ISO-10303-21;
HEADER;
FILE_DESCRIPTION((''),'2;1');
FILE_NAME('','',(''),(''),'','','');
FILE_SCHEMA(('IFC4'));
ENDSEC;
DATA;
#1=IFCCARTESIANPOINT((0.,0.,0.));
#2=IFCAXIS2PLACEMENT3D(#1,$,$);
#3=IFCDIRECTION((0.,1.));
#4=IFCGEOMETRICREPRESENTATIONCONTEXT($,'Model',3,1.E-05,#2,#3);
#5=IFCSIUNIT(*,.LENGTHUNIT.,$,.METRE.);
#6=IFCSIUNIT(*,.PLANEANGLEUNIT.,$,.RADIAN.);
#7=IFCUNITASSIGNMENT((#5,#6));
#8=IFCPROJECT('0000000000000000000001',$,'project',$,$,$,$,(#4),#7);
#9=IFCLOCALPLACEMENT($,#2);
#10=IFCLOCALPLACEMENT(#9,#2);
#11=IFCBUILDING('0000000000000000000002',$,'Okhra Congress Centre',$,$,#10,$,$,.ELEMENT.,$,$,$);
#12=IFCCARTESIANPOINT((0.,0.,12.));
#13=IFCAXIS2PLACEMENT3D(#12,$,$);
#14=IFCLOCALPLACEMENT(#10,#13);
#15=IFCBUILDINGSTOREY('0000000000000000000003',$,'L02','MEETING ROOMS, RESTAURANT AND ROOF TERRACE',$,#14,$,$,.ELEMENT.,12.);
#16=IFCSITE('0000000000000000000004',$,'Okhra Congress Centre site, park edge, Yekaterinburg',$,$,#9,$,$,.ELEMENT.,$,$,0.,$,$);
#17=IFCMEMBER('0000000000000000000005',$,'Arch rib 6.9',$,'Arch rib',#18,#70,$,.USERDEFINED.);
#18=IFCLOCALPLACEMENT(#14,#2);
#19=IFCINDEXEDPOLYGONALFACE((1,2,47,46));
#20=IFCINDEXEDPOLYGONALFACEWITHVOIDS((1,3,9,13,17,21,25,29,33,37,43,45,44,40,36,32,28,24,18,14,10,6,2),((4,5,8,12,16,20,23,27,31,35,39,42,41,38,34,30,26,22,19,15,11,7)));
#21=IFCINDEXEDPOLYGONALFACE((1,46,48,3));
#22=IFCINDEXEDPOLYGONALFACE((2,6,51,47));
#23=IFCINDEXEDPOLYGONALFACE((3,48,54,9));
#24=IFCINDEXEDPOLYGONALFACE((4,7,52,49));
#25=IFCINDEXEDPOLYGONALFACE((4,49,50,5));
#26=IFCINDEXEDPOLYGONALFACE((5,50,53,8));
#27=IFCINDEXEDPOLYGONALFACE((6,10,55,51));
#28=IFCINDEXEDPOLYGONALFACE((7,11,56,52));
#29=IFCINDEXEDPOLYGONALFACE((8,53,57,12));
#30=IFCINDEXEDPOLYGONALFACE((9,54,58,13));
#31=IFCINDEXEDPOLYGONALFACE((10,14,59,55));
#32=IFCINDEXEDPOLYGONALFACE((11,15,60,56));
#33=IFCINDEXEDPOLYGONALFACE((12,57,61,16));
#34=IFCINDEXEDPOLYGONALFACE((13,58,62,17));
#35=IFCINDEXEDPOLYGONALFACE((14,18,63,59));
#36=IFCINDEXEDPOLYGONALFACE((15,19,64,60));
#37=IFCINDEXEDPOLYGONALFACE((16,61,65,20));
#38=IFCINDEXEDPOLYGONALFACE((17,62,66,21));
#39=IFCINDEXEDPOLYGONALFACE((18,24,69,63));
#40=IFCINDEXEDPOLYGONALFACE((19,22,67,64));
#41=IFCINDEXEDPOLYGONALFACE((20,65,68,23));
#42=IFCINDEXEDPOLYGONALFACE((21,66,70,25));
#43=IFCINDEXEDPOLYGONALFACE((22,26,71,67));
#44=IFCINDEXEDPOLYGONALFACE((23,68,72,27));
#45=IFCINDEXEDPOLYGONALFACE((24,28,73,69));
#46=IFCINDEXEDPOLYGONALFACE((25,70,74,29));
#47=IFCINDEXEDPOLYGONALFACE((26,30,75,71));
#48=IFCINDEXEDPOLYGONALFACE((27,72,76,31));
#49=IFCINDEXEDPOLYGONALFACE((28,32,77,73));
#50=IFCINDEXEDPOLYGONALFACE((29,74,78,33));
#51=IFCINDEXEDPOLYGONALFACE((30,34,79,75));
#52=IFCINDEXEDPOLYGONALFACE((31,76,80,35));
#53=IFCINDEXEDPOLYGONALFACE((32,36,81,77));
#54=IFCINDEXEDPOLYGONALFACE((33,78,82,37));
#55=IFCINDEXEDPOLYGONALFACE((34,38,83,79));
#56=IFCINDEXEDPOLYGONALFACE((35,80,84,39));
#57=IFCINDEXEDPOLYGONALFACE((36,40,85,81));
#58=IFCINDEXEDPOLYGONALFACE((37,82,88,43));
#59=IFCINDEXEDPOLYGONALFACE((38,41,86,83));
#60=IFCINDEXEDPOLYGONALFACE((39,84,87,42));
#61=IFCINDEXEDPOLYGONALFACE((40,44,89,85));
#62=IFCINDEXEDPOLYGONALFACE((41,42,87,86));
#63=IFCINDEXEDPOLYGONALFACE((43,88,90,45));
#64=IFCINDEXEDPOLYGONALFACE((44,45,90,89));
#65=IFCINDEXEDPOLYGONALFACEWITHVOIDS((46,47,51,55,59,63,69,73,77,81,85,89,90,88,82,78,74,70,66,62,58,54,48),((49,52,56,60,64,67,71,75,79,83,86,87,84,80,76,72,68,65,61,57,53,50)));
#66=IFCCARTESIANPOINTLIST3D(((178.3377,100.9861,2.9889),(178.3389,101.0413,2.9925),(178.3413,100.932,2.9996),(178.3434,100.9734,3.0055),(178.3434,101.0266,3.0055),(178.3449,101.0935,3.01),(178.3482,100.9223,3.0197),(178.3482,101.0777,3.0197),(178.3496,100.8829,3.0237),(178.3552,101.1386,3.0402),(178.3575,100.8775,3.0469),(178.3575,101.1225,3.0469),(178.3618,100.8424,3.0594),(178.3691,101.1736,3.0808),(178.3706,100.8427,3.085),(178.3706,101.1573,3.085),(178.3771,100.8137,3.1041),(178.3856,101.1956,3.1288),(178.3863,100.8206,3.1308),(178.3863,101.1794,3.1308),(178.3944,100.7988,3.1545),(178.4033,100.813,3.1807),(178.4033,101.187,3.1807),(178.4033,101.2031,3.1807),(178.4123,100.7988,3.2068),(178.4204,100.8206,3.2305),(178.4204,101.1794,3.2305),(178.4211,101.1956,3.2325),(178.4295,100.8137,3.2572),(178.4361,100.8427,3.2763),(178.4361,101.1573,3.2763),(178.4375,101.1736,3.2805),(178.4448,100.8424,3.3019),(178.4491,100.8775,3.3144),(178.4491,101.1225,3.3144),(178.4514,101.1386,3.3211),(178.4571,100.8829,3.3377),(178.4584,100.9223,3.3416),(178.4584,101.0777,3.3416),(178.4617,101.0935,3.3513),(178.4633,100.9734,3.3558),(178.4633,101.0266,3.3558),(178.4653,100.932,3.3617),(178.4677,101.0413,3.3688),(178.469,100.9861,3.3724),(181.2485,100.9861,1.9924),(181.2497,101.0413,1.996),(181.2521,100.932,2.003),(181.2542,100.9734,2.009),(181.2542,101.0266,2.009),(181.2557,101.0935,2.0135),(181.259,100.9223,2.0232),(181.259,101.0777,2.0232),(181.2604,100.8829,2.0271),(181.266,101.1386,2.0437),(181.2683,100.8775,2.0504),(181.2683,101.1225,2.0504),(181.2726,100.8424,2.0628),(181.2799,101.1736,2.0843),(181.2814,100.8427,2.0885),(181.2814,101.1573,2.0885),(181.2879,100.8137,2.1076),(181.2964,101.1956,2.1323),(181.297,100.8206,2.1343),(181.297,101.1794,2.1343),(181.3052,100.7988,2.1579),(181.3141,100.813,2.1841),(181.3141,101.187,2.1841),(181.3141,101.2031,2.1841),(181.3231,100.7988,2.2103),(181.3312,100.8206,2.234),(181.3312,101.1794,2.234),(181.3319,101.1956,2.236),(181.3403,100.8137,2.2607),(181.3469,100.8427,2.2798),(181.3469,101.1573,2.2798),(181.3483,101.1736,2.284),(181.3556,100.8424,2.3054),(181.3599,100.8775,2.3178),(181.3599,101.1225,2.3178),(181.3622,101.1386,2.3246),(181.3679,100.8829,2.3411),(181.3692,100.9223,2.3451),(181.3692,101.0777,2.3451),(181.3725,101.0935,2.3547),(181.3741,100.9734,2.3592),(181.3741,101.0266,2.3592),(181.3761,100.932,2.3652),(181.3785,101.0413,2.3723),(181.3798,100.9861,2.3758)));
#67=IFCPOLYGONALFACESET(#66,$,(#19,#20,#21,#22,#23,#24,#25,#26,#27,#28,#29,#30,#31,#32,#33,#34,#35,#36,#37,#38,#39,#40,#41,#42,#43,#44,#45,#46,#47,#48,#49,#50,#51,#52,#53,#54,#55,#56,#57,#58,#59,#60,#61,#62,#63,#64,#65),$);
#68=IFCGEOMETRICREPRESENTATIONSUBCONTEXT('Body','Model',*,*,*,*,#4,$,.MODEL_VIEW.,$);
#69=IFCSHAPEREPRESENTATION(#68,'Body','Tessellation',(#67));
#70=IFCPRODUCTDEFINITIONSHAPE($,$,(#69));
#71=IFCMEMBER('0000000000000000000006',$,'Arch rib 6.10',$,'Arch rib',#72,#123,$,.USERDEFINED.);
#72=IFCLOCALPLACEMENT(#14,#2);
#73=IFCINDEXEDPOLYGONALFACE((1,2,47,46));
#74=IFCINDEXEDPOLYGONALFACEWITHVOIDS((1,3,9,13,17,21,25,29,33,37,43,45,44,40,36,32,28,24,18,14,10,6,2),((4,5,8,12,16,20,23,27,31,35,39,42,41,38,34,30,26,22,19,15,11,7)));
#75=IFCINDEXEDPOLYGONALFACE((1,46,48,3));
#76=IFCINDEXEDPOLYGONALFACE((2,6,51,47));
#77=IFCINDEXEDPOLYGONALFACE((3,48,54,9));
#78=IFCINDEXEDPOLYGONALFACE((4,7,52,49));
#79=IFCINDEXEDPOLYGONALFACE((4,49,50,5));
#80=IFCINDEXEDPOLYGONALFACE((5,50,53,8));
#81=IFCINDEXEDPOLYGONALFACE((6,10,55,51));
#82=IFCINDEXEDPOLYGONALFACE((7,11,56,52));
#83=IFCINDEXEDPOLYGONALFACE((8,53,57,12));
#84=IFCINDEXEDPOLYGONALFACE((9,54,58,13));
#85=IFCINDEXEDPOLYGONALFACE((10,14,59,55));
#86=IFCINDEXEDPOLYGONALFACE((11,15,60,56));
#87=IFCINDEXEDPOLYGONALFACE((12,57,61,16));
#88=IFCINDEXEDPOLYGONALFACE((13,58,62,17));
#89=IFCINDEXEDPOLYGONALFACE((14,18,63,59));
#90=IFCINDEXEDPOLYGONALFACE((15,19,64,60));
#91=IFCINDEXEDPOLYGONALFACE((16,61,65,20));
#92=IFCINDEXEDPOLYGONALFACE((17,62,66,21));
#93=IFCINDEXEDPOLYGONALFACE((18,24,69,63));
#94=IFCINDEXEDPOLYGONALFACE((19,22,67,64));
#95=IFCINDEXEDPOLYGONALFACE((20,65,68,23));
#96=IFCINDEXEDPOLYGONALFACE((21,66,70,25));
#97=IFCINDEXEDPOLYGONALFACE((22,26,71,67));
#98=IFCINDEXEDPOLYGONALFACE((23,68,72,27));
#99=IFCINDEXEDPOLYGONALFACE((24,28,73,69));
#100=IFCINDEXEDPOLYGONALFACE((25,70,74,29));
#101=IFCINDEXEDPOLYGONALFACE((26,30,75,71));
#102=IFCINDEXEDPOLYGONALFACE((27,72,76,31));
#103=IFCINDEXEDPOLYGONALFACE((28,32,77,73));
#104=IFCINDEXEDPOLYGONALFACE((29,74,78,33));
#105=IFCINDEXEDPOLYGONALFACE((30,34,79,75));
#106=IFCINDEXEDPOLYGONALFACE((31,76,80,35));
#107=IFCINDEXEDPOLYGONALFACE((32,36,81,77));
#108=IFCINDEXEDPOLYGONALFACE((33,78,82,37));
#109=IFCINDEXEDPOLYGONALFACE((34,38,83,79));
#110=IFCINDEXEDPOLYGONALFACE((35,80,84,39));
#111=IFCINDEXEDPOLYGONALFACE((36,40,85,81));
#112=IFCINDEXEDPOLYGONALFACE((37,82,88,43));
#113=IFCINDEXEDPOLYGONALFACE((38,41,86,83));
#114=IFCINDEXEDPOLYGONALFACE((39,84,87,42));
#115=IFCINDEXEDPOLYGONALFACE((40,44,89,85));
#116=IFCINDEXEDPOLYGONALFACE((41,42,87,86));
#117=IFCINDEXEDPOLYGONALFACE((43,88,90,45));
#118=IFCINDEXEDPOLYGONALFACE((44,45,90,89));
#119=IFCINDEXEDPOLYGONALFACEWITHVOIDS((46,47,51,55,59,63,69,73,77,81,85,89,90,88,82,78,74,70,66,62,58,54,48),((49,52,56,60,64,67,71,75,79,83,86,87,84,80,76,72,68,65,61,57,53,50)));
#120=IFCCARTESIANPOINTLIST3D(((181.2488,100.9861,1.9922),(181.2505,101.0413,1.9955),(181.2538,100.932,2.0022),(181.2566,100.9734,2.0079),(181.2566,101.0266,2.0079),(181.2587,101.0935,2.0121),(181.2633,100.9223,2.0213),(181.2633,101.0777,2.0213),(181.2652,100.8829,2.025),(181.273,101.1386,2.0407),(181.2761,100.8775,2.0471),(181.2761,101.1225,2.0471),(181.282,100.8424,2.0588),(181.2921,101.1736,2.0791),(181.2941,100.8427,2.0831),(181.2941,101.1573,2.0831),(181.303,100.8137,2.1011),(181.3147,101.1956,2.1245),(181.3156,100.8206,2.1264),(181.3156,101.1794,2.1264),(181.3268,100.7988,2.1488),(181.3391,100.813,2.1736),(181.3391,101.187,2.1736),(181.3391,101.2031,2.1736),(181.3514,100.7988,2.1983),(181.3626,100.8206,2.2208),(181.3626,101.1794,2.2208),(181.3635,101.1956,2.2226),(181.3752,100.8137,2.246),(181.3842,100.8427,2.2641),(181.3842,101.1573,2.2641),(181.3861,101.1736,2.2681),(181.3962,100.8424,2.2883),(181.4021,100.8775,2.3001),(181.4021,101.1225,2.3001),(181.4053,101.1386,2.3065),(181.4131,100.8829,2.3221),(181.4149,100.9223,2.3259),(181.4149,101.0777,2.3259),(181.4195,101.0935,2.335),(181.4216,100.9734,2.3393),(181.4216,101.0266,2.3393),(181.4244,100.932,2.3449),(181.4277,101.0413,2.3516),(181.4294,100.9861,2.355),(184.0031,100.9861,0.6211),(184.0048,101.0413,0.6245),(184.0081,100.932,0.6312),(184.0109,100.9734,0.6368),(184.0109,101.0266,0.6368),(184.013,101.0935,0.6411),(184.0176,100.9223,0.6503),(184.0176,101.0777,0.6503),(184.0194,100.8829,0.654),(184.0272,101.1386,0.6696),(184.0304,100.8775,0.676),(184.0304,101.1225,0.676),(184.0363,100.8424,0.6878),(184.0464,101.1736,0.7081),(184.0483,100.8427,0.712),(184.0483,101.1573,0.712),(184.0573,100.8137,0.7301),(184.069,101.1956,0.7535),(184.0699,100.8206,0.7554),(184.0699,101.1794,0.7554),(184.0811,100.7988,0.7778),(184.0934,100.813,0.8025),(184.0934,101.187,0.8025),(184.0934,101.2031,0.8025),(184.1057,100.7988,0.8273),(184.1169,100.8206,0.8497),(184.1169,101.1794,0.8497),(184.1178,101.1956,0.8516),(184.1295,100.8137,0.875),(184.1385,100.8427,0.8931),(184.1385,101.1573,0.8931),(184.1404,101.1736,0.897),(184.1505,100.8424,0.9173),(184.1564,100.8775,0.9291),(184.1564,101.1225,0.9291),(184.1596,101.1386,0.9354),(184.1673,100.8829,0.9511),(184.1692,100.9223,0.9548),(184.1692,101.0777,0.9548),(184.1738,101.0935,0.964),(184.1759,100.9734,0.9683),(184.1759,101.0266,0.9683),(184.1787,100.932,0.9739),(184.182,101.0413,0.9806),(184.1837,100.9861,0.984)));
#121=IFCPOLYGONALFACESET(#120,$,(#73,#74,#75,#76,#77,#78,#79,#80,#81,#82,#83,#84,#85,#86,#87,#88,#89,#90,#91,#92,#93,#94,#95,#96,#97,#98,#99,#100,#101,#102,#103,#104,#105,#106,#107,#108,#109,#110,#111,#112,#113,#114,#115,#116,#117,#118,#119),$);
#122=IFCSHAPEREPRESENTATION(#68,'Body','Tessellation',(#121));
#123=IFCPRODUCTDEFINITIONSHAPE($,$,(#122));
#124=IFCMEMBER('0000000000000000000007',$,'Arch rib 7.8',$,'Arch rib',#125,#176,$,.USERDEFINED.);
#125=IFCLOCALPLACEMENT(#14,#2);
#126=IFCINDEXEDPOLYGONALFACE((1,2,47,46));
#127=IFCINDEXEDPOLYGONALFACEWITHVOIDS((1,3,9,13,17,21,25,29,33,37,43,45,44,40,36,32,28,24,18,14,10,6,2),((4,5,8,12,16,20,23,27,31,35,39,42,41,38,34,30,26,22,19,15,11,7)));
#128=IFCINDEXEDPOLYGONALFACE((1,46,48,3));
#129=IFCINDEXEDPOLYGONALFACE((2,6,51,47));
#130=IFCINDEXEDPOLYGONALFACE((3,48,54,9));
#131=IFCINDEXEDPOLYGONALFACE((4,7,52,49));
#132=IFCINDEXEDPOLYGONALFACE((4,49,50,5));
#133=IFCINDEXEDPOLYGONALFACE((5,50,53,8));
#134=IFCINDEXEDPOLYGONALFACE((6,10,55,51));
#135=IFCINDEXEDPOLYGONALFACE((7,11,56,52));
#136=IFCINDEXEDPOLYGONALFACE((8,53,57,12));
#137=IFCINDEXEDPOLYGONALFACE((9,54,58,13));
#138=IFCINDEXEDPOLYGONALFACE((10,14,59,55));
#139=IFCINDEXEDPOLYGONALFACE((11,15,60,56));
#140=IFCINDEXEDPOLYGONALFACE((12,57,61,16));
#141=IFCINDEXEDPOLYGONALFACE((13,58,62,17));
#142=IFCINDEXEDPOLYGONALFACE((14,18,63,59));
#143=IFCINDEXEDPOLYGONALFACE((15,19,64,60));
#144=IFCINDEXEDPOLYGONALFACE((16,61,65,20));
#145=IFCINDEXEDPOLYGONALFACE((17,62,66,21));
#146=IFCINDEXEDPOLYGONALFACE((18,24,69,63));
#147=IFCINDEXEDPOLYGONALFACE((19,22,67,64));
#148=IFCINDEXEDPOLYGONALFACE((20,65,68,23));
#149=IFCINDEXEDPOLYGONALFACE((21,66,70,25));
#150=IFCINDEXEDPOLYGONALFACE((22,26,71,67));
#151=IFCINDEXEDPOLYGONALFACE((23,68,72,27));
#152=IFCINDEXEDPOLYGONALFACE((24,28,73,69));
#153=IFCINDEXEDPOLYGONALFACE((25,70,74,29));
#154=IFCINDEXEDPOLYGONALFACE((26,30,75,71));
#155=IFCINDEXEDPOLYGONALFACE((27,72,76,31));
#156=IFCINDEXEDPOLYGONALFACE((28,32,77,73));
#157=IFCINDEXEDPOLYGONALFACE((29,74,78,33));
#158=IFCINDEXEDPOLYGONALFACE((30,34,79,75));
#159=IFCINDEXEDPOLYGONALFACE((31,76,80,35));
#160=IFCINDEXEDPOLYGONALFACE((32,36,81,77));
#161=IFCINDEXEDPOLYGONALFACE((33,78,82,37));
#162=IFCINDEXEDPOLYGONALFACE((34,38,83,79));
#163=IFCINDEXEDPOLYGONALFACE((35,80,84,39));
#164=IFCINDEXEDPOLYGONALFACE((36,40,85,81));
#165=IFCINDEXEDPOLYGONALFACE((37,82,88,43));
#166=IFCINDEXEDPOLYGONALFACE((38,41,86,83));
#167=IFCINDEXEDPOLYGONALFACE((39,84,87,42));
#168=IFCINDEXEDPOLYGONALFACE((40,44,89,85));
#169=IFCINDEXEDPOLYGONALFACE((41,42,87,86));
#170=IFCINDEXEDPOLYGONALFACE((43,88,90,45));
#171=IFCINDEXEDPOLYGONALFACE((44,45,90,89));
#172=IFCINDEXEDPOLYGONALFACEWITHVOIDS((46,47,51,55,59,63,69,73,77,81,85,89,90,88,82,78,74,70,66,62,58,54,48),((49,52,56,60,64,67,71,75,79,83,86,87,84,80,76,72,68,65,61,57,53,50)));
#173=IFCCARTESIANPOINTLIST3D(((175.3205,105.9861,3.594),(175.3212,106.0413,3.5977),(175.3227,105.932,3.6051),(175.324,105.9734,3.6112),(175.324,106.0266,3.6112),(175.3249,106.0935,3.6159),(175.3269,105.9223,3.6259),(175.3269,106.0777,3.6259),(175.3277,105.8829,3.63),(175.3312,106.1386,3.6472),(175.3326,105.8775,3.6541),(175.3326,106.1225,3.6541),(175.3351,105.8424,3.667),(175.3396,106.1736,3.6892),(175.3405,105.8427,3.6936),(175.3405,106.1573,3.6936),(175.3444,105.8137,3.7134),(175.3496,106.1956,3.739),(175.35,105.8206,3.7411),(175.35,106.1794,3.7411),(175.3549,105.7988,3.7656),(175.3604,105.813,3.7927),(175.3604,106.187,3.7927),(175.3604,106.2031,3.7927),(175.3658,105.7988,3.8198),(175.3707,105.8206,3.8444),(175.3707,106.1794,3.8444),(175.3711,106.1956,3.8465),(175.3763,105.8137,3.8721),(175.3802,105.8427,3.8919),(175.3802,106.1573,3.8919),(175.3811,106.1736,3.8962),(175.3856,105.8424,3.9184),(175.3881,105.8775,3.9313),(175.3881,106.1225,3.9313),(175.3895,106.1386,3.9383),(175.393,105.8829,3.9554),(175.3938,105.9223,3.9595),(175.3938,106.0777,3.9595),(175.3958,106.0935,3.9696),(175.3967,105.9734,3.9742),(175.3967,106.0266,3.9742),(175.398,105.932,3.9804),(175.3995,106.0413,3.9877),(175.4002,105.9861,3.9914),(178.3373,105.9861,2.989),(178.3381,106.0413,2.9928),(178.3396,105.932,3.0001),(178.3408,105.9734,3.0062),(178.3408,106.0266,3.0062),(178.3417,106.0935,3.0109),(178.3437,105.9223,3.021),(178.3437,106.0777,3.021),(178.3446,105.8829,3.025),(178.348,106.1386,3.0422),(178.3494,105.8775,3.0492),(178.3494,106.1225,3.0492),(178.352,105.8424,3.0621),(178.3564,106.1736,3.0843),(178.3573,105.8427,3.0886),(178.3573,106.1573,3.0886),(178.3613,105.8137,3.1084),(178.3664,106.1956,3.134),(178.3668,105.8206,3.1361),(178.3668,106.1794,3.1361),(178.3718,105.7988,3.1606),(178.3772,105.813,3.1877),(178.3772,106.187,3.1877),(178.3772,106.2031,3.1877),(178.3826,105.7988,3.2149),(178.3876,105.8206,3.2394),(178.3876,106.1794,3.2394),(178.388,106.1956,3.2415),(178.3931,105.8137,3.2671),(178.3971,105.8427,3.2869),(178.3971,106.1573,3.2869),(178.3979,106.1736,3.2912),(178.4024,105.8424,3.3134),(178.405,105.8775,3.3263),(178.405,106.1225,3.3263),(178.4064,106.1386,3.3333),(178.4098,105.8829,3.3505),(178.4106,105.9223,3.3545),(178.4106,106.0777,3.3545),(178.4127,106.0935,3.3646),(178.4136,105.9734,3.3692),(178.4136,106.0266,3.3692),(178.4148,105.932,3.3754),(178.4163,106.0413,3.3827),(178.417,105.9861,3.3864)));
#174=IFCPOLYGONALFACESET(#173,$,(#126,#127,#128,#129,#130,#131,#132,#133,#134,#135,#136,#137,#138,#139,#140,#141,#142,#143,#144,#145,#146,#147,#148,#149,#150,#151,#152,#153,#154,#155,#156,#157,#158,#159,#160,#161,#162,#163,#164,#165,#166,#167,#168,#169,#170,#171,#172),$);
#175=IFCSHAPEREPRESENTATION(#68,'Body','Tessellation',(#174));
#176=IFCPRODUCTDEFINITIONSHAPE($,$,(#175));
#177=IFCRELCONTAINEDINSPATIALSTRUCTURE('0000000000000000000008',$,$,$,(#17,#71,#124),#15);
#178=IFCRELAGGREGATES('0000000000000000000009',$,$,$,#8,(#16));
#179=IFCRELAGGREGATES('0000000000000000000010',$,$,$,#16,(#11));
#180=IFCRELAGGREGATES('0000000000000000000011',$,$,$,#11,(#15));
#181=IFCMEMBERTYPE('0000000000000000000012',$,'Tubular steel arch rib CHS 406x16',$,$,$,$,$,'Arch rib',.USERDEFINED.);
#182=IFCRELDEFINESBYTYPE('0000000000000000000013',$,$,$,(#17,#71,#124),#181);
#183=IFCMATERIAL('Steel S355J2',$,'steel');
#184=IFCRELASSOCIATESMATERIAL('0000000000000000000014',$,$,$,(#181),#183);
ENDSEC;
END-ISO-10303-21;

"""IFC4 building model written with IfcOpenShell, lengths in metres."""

from ifc_helpers import new_model, si_unit, direction, frame, origin, origin_2d, place, context, subcontext, project, spatial, hollow_circle, extrude, material, material_profile, profile_set, type_object, element, save


model = new_model("IFC4")

# Units and contexts
model_context = context("Model", 3, precision=1e-05, world=origin(), true_north=direction((0.0, 1.0)))
body_context = subcontext(model_context, "Body", "Model", "MODEL_VIEW")
ifc_project = project(units=[si_unit("LENGTHUNIT", "METRE"), si_unit("PLANEANGLEUNIT", "RADIAN")], contexts=[model_context])

# Site, building, storey
site_placement = place(None, origin())
site = spatial("IfcSite", under=ifc_project, at=site_placement, Name="Okhra Congress Centre site, park edge, Yekaterinburg", CompositionType="ELEMENT", RefElevation=0.0)
building_placement = place(site_placement, origin())
building = spatial("IfcBuilding", under=site, at=building_placement, Name="Okhra Congress Centre", CompositionType="ELEMENT")
storey_placement = place(building_placement, frame((0.0, 0.0, 12.0)))
storey = spatial("IfcBuildingStorey", under=building, at=storey_placement, Name="L02", Description="MEETING ROOMS, RESTAURANT AND ROOF TERRACE", CompositionType="ELEMENT", Elevation=12.0)

# Members
ifc_material_1 = material(Name="Steel S355J2", Category="steel")
ifc_material_profile_1 = material_profile(ifc_material_1, hollow_circle(Radius=0.2031, WallThickness=0.0161, at=origin_2d()), Name="CHS 406.4x16")
ifc_profile_set_1 = profile_set([ifc_material_profile_1], Name="Steel S355J2")
member_type_1 = type_object("IfcMemberType", Name="Tubular steel arch rib CHS 406x16", ElementType="Arch rib", PredefinedType="USERDEFINED", material=ifc_profile_set_1)
for number, where, z_axis, x_axis, name in (
    (1, (178.4033, 101.0, 3.1807), (0.946089, 0.0, -0.323906), (0.0, 1.0, 0.0), "Arch rib 6.9"),
    (2, (181.3391, 101.0, 2.1736), (0.895219, 0.0, -0.445626), (0.0, 1.0, 0.0), "Arch rib 6.10"),
):
    element("IfcMember", number, at=place(storey_placement, frame(where, z_axis=z_axis, x_axis=x_axis)), inside=storey, type_object=member_type_1, Name=name, ObjectType="Arch rib", PredefinedType="USERDEFINED", context=body_context, shape_type="SweptSolid", body=[
        extrude(hollow_circle(Radius=0.2031, WallThickness=0.0161, at=origin_2d()), origin(), (0.0, 0.0, 1.0), 3.0767),
    ])
member_1_placement = place(storey_placement, frame((175.3604, 106.0, 3.7927), z_axis=(0.98048, 0.0, -0.19662), x_axis=(0.0, 1.0, 0.0)))
element("IfcMember", 3, at=member_1_placement, inside=storey, type_object=member_type_1, Name="Arch rib 7.8", ObjectType="Arch rib", PredefinedType="USERDEFINED", context=body_context, shape_type="SweptSolid", body=[
    extrude(hollow_circle(Radius=0.2031, WallThickness=0.0161, at=origin_2d()), origin(), (0.0, 0.0, 1.0), 3.0769),
])

save(model, "model.ifc")
